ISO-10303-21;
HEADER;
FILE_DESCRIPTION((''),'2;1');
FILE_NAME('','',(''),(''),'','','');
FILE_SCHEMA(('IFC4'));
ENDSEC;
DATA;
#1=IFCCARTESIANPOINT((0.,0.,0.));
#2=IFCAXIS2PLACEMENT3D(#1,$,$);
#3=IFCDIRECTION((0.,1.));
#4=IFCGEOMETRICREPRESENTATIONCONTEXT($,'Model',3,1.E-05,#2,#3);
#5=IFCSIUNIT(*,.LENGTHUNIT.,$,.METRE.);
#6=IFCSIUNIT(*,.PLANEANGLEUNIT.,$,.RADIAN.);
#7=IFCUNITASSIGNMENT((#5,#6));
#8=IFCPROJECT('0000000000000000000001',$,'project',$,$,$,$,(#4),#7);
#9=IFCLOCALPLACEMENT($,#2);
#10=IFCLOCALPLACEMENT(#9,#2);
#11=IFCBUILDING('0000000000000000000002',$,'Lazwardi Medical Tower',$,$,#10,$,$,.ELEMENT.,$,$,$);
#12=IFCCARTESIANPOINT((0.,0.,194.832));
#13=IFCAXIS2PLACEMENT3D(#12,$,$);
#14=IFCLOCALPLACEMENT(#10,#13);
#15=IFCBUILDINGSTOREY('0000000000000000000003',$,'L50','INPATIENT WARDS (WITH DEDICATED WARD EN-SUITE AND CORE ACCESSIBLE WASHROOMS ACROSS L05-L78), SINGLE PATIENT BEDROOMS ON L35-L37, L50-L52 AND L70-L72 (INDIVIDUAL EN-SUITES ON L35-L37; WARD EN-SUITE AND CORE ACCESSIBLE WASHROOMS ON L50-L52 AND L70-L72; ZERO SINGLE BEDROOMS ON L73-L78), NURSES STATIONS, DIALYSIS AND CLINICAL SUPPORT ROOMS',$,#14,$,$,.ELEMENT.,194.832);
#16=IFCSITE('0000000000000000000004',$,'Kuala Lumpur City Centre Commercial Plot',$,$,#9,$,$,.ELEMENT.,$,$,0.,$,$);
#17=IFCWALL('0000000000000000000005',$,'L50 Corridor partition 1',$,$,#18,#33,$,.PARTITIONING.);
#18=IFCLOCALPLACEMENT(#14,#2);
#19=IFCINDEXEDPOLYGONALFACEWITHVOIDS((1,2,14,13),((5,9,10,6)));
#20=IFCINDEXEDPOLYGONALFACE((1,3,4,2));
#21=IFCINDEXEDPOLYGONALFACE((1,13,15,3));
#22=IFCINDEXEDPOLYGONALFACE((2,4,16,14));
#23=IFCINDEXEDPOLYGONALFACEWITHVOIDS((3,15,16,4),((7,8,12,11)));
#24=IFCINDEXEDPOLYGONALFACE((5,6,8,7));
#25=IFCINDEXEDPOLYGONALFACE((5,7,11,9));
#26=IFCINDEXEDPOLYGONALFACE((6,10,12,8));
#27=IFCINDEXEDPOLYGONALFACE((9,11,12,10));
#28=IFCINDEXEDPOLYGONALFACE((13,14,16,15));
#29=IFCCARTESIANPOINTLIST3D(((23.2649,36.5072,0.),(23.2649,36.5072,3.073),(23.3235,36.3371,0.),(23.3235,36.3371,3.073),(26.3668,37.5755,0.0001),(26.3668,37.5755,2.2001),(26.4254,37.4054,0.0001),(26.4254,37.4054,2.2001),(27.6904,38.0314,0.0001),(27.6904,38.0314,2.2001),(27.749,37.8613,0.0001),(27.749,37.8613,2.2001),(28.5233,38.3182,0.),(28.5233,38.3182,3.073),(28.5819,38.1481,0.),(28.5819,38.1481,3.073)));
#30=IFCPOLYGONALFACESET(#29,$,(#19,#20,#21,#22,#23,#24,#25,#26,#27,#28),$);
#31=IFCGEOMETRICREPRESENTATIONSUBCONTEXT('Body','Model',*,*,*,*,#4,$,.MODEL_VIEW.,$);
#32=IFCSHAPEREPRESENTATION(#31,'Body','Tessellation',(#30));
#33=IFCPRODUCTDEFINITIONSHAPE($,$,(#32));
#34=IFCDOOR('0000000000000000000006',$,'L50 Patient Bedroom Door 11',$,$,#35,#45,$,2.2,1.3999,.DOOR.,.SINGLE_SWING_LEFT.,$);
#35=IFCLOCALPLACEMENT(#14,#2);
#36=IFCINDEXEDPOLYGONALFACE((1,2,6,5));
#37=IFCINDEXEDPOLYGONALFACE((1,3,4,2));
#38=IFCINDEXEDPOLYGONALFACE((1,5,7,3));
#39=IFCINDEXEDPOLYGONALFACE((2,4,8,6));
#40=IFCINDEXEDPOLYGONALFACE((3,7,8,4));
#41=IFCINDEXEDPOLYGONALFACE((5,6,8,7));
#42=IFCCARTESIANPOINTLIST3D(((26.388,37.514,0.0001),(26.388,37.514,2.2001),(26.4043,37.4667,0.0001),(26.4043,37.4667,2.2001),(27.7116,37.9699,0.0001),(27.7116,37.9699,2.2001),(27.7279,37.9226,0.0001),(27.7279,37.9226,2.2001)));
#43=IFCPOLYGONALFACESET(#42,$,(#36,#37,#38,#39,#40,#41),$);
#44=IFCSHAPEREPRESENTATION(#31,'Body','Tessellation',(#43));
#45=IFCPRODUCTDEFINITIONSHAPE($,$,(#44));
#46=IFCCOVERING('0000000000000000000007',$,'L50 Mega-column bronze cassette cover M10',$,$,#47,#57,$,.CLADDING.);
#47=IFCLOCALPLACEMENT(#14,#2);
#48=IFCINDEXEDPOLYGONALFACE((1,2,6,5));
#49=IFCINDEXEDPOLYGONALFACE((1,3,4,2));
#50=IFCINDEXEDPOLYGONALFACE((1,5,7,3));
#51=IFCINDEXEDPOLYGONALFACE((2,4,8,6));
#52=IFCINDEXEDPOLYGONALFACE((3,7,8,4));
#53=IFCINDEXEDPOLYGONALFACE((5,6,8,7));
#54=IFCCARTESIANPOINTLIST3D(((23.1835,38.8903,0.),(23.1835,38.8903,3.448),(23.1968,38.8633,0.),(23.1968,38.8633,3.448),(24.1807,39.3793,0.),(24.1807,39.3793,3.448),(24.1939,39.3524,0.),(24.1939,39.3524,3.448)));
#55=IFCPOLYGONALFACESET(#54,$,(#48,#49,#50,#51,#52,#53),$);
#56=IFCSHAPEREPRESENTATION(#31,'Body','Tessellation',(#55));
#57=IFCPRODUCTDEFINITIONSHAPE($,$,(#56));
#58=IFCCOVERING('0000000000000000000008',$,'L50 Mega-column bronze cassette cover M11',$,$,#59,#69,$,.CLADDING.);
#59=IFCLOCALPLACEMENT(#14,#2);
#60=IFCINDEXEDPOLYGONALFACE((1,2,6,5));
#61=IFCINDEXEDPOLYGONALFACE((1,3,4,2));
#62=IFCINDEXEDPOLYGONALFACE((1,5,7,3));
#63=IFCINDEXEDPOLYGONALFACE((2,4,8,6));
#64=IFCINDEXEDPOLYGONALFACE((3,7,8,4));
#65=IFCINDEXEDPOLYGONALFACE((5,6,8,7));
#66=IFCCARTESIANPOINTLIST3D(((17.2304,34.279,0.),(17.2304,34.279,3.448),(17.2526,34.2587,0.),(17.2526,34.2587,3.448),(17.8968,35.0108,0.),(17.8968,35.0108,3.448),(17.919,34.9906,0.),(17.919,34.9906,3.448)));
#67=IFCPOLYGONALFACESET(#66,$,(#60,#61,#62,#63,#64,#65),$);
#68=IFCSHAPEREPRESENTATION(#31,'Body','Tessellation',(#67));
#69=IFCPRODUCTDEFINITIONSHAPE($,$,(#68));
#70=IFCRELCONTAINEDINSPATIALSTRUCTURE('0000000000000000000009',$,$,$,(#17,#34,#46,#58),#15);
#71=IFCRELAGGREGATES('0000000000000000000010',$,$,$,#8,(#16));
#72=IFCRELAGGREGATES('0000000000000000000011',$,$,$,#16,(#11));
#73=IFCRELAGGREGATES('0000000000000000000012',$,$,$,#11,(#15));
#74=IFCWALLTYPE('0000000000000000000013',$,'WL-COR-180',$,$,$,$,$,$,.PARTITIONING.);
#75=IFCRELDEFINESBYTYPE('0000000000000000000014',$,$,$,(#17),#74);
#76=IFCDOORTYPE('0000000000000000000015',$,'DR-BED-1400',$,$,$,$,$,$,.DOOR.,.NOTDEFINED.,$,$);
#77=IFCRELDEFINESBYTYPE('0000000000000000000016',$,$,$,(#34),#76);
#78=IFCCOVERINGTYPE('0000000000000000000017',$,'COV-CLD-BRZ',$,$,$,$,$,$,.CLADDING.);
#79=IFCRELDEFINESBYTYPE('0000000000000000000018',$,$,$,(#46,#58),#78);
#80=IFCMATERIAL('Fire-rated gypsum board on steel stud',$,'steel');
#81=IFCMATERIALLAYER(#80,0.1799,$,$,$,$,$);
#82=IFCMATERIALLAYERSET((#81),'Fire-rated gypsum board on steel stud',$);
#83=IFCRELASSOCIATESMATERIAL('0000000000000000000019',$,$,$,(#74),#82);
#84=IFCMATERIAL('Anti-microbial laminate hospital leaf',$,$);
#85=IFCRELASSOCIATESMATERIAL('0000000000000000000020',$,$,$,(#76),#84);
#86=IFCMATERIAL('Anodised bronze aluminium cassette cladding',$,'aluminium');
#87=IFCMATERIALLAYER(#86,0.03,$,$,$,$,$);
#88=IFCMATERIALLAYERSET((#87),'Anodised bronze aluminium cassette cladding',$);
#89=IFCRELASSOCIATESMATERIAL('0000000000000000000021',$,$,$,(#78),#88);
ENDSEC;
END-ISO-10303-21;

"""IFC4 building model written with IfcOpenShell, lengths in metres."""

from ifc_helpers import new_model, si_unit, direction, frame, frame_2d, origin, origin_2d, place, context, subcontext, project, spatial, rectangle, extrude, material, layer, layer_set, type_object, element, fill, save


model = new_model("IFC4")

# Units and contexts
model_context = context("Model", 3, precision=1e-05, world=origin(), true_north=direction((0.0, 1.0)))
body_context = subcontext(model_context, "Body", "Model", "MODEL_VIEW")
ifc_project = project(units=[si_unit("LENGTHUNIT", "METRE"), si_unit("PLANEANGLEUNIT", "RADIAN")], contexts=[model_context])

# Site, building, storey
site_placement = place(None, origin())
site = spatial("IfcSite", under=ifc_project, at=site_placement, Name="Kuala Lumpur City Centre Commercial Plot", CompositionType="ELEMENT", RefElevation=0.0)
building_placement = place(site_placement, origin())
building = spatial("IfcBuilding", under=site, at=building_placement, Name="Lazwardi Medical Tower", CompositionType="ELEMENT")
storey_placement = place(building_placement, frame((0.0, 0.0, 194.832)))
storey = spatial("IfcBuildingStorey", under=building, at=storey_placement, Name="L50", Description="INPATIENT WARDS (WITH DEDICATED WARD EN-SUITE AND CORE ACCESSIBLE WASHROOMS ACROSS L05-L78), SINGLE PATIENT BEDROOMS ON L35-L37, L50-L52 AND L70-L72 (INDIVIDUAL EN-SUITES ON L35-L37; WARD EN-SUITE AND CORE ACCESSIBLE WASHROOMS ON L50-L52 AND L70-L72; ZERO SINGLE BEDROOMS ON L73-L78), NURSES STATIONS, DIALYSIS AND CLINICAL SUPPORT ROOMS", CompositionType="ELEMENT", Elevation=194.832)

# Wall, opening, door
ifc_material_1 = material(Name="Fire-rated gypsum board on steel stud", Category="steel")
ifc_layer_1 = layer(ifc_material_1, 0.1799)
ifc_layer_set_1 = layer_set([ifc_layer_1], Name="Fire-rated gypsum board on steel stud")
wall_type = type_object("IfcWallType", Name="WL-COR-180", PredefinedType="PARTITIONING", material=ifc_layer_set_1)
wall_placement = place(storey_placement, frame((23.2942, 36.4221, 0.0), z_axis=(0.0, 0.0, 1.0), x_axis=(0.945493, 0.325642, 0.0)))
wall = element("IfcWall", 1, at=wall_placement, inside=storey, type_object=wall_type, Name="L50 Corridor partition 1", PredefinedType="PARTITIONING", context=body_context, shape_type="SweptSolid", body=[
    extrude(rectangle(XDim=5.5615, YDim=0.1799, at=frame_2d((2.7808, 0.0))), origin(), (0.0, 0.0, 1.0), 3.073),
])
opening_placement = place(wall_placement, frame((3.2808, 0.0, 0.0)))
opening = element("IfcOpeningElement", 2, at=opening_placement, cuts=wall, PredefinedType="OPENING", context=body_context, shape_type="SweptSolid", body=[
    extrude(rectangle(XDim=1.3999, YDim=2.2, at=frame_2d((0.7, 1.1001))), frame((0.0, 0.0999, 0.0), z_axis=(0.0, -1.0, 0.0), x_axis=(1.0, 0.0, 0.0)), (0.0, 0.0, 1.0), 0.2),
])
ifc_material_2 = material(Name="Anti-microbial laminate hospital leaf")
door_type = type_object("IfcDoorType", Name="DR-BED-1400", OperationType="NOTDEFINED", PredefinedType="DOOR", material=ifc_material_2)
door_placement = place(opening_placement, origin())
door = element("IfcDoor", 3, at=door_placement, inside=storey, type_object=door_type, Name="L50 Patient Bedroom Door 11", OperationType="SINGLE_SWING_LEFT", OverallHeight=2.2, OverallWidth=1.3999, PredefinedType="DOOR", context=body_context, shape_type="SweptSolid", body=[
    extrude(rectangle(XDim=1.3999, YDim=2.2, at=frame_2d((0.7, 1.1001))), frame((0.0, 0.0249, 0.0), z_axis=(0.0, -1.0, 0.0), x_axis=(1.0, 0.0, 0.0)), (0.0, 0.0, 1.0), 0.05),
])
fill(opening, door)

# Coverings
ifc_material_3 = material(Name="Anodised bronze aluminium cassette cladding", Category="aluminium")
ifc_layer_2 = layer(ifc_material_3, 0.03)
ifc_layer_set_2 = layer_set([ifc_layer_2], Name="Anodised bronze aluminium cassette cladding")
covering_type = type_object("IfcCoveringType", Name="COV-CLD-BRZ", PredefinedType="CLADDING", material=ifc_layer_set_2)
covering_1_placement = place(storey_placement, frame((23.6887, 39.1213, 0.0), z_axis=(0.0, 0.0, 1.0), x_axis=(-0.89784, -0.440322, 0.0)))
element("IfcCovering", 4, at=covering_1_placement, inside=storey, type_object=covering_type, Name="L50 Mega-column bronze cassette cover M10", PredefinedType="CLADDING", context=body_context, shape_type="SweptSolid", body=[
    extrude(rectangle(XDim=1.1106, YDim=0.03, at=origin_2d()), origin(), (0.0, 0.0, 1.0), 3.448),
])
covering_2_placement = place(storey_placement, frame((17.5747, 34.6348, 0.0), z_axis=(0.0, 0.0, 1.0), x_axis=(-0.673241, -0.739423, 0.0)))
element("IfcCovering", 5, at=covering_2_placement, inside=storey, type_object=covering_type, Name="L50 Mega-column bronze cassette cover M11", PredefinedType="CLADDING", context=body_context, shape_type="SweptSolid", body=[
    extrude(rectangle(XDim=0.9897, YDim=0.03, at=origin_2d()), origin(), (0.0, 0.0, 1.0), 3.448),
])

save(model, "model.ifc")
